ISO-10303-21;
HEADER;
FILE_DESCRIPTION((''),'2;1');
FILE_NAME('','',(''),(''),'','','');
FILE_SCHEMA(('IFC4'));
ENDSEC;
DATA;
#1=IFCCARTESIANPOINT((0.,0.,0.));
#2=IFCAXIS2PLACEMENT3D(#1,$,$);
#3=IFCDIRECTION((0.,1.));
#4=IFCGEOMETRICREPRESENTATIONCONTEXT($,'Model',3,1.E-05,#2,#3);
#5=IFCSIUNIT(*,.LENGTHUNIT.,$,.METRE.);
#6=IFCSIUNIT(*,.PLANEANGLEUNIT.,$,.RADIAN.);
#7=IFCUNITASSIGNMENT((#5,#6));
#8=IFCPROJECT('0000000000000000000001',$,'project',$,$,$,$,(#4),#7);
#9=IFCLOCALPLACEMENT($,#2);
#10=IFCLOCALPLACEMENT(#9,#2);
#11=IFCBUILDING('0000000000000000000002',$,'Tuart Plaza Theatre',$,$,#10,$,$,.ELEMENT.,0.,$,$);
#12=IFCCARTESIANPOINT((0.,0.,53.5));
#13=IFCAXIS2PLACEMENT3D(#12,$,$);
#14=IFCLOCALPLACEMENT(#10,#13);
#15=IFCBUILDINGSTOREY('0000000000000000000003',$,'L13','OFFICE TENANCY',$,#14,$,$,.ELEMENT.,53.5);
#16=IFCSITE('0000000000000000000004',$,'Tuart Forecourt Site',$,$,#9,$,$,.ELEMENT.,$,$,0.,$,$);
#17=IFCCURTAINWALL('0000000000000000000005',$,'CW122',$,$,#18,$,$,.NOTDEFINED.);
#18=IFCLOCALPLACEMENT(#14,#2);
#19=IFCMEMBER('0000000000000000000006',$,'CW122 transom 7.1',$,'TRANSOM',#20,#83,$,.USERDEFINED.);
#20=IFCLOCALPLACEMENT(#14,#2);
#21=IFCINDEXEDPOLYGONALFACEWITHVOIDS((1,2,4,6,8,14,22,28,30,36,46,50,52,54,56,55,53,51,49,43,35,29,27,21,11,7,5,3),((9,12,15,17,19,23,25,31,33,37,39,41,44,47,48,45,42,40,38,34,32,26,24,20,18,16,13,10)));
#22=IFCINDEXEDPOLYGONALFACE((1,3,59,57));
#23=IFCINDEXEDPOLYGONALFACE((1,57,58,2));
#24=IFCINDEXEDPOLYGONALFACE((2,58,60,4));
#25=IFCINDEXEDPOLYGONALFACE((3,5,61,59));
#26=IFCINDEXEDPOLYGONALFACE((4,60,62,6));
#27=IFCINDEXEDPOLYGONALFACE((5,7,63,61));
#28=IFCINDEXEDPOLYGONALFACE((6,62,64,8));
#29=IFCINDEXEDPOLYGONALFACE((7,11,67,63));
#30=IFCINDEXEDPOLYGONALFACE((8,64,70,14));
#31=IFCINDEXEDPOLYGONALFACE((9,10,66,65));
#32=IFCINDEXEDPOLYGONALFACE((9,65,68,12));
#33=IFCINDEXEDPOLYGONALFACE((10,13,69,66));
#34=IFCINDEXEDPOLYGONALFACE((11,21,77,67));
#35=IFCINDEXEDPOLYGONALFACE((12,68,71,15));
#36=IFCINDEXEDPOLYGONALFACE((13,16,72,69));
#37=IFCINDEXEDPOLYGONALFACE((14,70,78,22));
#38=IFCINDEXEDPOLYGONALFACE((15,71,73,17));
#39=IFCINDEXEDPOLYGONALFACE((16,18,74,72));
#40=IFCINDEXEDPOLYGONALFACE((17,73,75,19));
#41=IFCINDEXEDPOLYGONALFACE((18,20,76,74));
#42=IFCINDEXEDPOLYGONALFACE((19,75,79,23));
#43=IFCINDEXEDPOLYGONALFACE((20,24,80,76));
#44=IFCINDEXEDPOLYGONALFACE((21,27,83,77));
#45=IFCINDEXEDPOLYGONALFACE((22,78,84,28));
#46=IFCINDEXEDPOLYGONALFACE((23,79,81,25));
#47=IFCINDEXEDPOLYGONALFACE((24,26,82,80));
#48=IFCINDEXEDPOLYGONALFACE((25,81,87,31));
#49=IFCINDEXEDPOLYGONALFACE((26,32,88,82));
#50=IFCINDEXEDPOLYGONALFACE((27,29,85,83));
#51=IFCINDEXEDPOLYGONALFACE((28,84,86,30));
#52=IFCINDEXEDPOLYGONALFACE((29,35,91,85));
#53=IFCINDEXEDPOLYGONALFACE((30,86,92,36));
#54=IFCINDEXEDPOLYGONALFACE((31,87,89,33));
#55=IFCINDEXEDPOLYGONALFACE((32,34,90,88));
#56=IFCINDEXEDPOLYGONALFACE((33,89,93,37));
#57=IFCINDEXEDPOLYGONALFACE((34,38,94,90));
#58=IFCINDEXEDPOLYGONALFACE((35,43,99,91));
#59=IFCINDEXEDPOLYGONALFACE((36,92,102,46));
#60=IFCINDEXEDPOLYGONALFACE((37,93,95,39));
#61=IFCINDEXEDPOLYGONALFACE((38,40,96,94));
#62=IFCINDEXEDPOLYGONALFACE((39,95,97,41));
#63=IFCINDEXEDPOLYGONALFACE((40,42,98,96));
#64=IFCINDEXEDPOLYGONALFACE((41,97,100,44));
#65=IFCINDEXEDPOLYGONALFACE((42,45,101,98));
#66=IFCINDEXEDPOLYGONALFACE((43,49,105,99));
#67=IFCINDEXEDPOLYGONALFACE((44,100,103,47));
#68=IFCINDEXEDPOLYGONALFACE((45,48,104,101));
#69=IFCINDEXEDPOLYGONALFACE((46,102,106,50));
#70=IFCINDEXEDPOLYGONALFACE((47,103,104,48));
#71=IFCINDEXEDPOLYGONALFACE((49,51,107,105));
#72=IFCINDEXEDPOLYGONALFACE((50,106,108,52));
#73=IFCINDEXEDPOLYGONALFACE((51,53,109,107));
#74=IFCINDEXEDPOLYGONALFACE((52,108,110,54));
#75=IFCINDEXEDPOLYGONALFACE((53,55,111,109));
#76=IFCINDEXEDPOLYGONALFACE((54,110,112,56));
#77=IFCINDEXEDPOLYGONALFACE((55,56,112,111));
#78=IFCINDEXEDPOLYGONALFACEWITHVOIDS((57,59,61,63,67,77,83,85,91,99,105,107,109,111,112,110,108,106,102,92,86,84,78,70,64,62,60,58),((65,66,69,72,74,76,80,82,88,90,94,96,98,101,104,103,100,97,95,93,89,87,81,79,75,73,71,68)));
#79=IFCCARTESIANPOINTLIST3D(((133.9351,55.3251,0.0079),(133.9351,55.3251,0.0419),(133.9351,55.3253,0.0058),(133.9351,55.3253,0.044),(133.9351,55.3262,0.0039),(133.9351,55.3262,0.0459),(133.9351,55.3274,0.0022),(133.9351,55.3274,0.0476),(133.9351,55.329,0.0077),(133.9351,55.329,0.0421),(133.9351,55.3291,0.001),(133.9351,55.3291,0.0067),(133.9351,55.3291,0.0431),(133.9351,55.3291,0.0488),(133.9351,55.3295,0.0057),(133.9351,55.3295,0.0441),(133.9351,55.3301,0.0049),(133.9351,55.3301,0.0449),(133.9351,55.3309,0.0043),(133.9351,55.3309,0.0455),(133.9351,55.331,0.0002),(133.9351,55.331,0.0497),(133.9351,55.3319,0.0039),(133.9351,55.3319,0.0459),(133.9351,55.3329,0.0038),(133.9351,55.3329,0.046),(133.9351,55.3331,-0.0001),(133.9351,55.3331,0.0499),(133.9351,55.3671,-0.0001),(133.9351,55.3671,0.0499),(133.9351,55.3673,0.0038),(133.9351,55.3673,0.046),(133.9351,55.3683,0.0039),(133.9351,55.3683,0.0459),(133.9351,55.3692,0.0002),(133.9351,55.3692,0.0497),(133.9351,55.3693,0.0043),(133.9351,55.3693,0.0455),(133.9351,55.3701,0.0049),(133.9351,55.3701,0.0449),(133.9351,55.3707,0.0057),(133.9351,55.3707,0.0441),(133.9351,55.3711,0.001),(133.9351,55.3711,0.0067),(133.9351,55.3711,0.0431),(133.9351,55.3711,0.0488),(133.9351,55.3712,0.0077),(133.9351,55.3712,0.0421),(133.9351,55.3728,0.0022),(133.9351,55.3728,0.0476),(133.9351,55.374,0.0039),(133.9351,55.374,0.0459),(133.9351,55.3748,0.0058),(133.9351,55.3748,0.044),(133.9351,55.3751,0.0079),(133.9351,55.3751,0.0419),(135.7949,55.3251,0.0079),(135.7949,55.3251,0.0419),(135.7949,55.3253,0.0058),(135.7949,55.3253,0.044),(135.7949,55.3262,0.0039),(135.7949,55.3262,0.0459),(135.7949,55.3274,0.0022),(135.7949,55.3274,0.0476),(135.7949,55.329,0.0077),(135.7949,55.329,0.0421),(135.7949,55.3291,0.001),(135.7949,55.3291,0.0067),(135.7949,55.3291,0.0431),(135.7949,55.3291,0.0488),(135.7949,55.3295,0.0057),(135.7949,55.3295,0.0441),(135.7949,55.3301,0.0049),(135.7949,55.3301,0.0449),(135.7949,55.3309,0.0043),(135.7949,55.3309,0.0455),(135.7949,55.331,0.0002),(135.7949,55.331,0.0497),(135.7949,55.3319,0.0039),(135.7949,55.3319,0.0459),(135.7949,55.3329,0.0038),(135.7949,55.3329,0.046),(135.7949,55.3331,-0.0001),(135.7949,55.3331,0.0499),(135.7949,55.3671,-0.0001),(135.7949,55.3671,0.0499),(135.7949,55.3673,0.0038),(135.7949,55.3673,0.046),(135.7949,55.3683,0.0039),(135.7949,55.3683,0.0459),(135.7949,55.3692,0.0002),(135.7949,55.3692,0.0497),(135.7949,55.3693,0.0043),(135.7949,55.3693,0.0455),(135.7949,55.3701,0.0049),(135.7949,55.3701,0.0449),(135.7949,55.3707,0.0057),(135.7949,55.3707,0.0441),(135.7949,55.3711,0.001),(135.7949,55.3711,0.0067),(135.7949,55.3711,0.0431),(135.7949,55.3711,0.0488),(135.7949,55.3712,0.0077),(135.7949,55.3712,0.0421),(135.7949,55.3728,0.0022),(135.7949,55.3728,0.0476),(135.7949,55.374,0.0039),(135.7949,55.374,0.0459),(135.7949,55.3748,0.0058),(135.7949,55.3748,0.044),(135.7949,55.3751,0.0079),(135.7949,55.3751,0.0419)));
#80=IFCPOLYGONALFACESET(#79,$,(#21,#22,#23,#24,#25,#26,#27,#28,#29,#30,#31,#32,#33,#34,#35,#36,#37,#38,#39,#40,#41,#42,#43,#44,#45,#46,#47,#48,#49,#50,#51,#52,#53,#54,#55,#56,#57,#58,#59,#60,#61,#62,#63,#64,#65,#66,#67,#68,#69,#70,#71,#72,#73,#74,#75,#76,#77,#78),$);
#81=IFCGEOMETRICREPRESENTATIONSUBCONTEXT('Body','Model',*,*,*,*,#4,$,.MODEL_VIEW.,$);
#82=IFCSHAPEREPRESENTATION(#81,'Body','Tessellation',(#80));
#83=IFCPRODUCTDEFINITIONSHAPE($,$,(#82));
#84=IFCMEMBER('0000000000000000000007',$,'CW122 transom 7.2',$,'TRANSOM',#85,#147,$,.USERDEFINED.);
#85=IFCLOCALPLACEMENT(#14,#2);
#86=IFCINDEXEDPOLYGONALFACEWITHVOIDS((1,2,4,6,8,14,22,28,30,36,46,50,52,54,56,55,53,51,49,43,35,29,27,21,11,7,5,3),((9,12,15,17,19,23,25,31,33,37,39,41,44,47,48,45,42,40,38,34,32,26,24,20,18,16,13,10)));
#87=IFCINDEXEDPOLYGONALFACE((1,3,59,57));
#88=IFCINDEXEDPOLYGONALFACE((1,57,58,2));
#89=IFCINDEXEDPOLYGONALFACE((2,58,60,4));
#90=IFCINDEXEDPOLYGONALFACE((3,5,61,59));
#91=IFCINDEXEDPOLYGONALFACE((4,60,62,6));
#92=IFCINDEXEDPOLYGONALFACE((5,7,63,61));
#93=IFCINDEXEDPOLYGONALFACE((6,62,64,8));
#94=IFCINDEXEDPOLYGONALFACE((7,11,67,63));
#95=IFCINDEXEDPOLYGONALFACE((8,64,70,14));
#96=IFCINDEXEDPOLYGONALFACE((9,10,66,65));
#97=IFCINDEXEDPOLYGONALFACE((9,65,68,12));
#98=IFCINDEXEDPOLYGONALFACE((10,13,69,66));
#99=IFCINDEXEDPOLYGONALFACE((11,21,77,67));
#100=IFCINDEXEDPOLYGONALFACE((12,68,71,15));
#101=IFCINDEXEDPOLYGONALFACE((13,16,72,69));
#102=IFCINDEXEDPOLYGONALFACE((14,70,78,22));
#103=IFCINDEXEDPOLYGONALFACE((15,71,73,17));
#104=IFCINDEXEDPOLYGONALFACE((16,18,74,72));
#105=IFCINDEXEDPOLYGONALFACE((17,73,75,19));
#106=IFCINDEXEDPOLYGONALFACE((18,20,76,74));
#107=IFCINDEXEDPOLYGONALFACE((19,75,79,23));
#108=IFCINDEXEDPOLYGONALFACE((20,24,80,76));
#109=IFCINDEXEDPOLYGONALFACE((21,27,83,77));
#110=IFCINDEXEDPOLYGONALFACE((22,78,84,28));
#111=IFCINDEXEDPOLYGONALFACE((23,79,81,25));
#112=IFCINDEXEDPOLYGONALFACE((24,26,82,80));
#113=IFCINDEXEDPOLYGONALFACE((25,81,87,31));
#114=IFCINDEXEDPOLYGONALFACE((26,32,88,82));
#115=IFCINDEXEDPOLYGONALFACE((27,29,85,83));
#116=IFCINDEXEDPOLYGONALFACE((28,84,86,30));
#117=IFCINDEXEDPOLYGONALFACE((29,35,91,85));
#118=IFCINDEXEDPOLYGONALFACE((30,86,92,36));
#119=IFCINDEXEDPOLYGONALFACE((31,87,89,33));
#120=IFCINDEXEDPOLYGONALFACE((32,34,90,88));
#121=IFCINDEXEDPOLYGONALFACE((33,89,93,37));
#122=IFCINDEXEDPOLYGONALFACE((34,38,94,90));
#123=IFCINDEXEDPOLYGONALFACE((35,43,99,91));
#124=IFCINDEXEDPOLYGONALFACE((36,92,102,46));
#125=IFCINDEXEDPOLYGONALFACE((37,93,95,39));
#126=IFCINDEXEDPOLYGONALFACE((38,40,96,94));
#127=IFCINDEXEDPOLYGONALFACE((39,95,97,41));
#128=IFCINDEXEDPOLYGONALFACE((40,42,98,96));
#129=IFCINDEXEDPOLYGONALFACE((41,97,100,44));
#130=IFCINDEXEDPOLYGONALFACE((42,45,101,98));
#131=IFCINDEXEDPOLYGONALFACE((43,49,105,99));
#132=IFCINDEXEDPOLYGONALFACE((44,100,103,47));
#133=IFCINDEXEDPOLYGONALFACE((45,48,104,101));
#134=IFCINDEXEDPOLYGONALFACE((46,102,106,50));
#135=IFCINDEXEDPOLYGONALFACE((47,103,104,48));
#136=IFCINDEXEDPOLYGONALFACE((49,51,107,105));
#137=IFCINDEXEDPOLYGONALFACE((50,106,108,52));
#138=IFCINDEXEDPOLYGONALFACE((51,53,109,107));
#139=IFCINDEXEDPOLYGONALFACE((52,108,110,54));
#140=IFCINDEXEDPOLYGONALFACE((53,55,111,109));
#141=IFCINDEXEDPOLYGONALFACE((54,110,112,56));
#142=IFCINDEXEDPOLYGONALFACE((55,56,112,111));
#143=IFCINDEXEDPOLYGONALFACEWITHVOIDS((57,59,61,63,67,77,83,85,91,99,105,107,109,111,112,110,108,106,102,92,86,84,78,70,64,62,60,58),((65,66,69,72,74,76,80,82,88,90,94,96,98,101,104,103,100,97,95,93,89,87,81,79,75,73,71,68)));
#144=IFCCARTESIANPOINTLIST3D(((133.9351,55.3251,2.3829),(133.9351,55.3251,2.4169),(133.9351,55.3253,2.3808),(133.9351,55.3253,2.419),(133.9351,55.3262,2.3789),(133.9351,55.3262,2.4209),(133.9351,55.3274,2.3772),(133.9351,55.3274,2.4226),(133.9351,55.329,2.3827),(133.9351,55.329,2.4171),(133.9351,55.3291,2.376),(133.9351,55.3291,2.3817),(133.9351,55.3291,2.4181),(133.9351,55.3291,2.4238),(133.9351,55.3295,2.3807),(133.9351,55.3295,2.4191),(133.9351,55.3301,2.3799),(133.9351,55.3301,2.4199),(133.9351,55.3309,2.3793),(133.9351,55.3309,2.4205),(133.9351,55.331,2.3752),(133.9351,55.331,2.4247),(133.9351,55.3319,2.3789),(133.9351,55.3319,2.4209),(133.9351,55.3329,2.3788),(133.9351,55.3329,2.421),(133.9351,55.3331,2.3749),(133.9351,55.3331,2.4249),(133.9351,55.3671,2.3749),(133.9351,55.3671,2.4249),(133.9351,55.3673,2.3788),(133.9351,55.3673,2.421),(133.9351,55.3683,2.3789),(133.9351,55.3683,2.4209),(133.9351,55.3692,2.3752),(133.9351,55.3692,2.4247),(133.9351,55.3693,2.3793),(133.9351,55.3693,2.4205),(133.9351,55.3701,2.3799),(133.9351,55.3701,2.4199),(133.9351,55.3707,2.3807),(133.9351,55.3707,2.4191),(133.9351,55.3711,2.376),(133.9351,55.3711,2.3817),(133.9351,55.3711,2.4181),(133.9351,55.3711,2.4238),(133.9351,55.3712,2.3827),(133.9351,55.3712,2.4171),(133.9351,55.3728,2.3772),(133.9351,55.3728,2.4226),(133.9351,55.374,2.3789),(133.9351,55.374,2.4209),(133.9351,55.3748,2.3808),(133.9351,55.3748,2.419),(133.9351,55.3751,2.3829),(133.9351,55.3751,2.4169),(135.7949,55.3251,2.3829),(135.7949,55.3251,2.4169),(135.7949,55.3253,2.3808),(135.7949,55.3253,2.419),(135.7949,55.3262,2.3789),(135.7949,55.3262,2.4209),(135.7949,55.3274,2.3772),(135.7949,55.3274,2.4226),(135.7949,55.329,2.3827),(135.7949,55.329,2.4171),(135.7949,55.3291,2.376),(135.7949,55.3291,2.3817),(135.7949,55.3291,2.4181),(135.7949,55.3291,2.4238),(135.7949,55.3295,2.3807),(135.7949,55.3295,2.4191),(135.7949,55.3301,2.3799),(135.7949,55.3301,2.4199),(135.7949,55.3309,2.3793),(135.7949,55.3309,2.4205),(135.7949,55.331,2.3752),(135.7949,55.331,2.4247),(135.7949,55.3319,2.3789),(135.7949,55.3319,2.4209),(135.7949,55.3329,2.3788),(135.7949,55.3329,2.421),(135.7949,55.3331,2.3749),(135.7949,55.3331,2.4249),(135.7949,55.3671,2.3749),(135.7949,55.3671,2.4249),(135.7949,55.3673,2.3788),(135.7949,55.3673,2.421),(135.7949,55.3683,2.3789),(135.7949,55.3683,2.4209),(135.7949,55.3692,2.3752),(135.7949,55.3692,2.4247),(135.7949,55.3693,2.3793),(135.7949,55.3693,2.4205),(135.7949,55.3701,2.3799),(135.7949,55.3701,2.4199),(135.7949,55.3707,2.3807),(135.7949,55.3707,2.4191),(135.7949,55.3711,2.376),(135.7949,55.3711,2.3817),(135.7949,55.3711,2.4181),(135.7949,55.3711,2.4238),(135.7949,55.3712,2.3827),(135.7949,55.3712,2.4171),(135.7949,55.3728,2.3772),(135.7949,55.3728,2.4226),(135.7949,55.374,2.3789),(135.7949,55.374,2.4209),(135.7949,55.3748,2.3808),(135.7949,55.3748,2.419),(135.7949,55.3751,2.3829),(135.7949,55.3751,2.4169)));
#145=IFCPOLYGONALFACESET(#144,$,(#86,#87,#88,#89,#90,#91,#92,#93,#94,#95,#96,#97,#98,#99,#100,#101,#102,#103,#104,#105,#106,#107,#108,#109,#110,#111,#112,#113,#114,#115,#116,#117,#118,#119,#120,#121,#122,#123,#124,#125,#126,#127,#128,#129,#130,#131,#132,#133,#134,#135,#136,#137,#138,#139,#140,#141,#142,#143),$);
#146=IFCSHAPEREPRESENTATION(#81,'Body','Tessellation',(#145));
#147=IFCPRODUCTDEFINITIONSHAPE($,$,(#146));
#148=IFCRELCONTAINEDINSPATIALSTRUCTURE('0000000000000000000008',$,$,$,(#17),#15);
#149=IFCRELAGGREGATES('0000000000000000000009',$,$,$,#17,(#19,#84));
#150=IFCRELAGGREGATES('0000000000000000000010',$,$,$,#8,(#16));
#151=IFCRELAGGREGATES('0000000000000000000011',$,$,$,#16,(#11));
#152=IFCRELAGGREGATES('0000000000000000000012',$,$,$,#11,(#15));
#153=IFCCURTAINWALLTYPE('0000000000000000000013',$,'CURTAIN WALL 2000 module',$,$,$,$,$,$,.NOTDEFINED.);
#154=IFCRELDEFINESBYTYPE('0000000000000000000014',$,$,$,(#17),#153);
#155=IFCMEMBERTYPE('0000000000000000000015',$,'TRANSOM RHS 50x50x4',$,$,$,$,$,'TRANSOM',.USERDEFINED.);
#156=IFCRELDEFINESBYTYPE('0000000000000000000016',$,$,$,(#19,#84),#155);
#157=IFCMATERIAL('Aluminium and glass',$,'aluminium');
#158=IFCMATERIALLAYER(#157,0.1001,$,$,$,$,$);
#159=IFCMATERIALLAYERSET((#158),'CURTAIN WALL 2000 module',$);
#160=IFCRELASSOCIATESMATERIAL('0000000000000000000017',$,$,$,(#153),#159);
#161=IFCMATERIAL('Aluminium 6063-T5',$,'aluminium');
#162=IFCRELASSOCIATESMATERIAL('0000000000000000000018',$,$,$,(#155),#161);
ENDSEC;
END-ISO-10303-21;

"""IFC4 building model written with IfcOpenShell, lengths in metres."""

from ifc_helpers import new_model, si_unit, direction, frame, origin, origin_2d, place, context, subcontext, project, spatial, hollow_rectangle, extrude, material, layer, layer_set, material_profile, profile_set, type_object, element, aggregate, save


model = new_model("IFC4")

# Units and contexts
model_context = context("Model", 3, precision=1e-05, world=origin(), true_north=direction((0.0, 1.0)))
body_context = subcontext(model_context, "Body", "Model", "MODEL_VIEW")
ifc_project = project(units=[si_unit("LENGTHUNIT", "METRE"), si_unit("PLANEANGLEUNIT", "RADIAN")], contexts=[model_context])

# Site, building, storey
site_placement = place(None, origin())
site = spatial("IfcSite", under=ifc_project, at=site_placement, Name="Tuart Forecourt Site", CompositionType="ELEMENT", RefElevation=0.0)
building_placement = place(site_placement, origin())
building = spatial("IfcBuilding", under=site, at=building_placement, Name="Tuart Plaza Theatre", CompositionType="ELEMENT", ElevationOfRefHeight=0.0)
storey_placement = place(building_placement, frame((0.0, 0.0, 53.5)))
storey = spatial("IfcBuildingStorey", under=building, at=storey_placement, Name="L13", Description="OFFICE TENANCY", CompositionType="ELEMENT", Elevation=53.5)

# Curtain wall, members
ifc_material_1 = material(Name="Aluminium and glass", Category="aluminium")
ifc_layer_1 = layer(ifc_material_1, 0.1001)
ifc_layer_set_1 = layer_set([ifc_layer_1], Name="CURTAIN WALL 2000 module")
curtain_wall_type = type_object("IfcCurtainWallType", Name="CURTAIN WALL 2000 module", PredefinedType="NOTDEFINED", material=ifc_layer_set_1)
curtain_wall_placement = place(storey_placement, origin())
curtain_wall = element("IfcCurtainWall", 1, at=curtain_wall_placement, inside=storey, type_object=curtain_wall_type, Name="CW122", PredefinedType="NOTDEFINED")
ifc_material_2 = material(Name="Aluminium 6063-T5", Category="aluminium")
ifc_material_profile_1 = material_profile(ifc_material_2, hollow_rectangle(XDim=0.05, YDim=0.05, WallThickness=0.0039, InnerFilletRadius=0.0039, OuterFilletRadius=0.0081, at=origin_2d()), Name="RHS 50x50x4")
ifc_profile_set_1 = profile_set([ifc_material_profile_1], Name="Aluminium 6063-T5")
member_type_1 = type_object("IfcMemberType", Name="TRANSOM RHS 50x50x4", ElementType="TRANSOM", PredefinedType="USERDEFINED", material=ifc_profile_set_1)
member_1_placement = place(storey_placement, frame((133.9351, 55.3501, 0.0249), z_axis=(1.0, 0.0, 0.0), x_axis=(0.0, 1.0, 0.0)))
member_1 = element("IfcMember", 2, at=member_1_placement, type_object=member_type_1, Name="CW122 transom 7.1", ObjectType="TRANSOM", PredefinedType="USERDEFINED", context=body_context, shape_type="SweptSolid", body=[
    extrude(hollow_rectangle(XDim=0.05, YDim=0.05, WallThickness=0.0039, InnerFilletRadius=0.0039, OuterFilletRadius=0.0081, at=origin_2d()), origin(), (0.0, 0.0, 1.0), 1.8599),
])
member_2_placement = place(storey_placement, frame((133.9351, 55.3501, 2.3999), z_axis=(1.0, 0.0, 0.0), x_axis=(0.0, 1.0, 0.0)))
member_2 = element("IfcMember", 3, at=member_2_placement, type_object=member_type_1, Name="CW122 transom 7.2", ObjectType="TRANSOM", PredefinedType="USERDEFINED", context=body_context, shape_type="SweptSolid", body=[
    extrude(hollow_rectangle(XDim=0.05, YDim=0.05, WallThickness=0.0039, InnerFilletRadius=0.0039, OuterFilletRadius=0.0081, at=origin_2d()), origin(), (0.0, 0.0, 1.0), 1.8599),
])
aggregate(curtain_wall, [member_1, member_2])

save(model, "model.ifc")
